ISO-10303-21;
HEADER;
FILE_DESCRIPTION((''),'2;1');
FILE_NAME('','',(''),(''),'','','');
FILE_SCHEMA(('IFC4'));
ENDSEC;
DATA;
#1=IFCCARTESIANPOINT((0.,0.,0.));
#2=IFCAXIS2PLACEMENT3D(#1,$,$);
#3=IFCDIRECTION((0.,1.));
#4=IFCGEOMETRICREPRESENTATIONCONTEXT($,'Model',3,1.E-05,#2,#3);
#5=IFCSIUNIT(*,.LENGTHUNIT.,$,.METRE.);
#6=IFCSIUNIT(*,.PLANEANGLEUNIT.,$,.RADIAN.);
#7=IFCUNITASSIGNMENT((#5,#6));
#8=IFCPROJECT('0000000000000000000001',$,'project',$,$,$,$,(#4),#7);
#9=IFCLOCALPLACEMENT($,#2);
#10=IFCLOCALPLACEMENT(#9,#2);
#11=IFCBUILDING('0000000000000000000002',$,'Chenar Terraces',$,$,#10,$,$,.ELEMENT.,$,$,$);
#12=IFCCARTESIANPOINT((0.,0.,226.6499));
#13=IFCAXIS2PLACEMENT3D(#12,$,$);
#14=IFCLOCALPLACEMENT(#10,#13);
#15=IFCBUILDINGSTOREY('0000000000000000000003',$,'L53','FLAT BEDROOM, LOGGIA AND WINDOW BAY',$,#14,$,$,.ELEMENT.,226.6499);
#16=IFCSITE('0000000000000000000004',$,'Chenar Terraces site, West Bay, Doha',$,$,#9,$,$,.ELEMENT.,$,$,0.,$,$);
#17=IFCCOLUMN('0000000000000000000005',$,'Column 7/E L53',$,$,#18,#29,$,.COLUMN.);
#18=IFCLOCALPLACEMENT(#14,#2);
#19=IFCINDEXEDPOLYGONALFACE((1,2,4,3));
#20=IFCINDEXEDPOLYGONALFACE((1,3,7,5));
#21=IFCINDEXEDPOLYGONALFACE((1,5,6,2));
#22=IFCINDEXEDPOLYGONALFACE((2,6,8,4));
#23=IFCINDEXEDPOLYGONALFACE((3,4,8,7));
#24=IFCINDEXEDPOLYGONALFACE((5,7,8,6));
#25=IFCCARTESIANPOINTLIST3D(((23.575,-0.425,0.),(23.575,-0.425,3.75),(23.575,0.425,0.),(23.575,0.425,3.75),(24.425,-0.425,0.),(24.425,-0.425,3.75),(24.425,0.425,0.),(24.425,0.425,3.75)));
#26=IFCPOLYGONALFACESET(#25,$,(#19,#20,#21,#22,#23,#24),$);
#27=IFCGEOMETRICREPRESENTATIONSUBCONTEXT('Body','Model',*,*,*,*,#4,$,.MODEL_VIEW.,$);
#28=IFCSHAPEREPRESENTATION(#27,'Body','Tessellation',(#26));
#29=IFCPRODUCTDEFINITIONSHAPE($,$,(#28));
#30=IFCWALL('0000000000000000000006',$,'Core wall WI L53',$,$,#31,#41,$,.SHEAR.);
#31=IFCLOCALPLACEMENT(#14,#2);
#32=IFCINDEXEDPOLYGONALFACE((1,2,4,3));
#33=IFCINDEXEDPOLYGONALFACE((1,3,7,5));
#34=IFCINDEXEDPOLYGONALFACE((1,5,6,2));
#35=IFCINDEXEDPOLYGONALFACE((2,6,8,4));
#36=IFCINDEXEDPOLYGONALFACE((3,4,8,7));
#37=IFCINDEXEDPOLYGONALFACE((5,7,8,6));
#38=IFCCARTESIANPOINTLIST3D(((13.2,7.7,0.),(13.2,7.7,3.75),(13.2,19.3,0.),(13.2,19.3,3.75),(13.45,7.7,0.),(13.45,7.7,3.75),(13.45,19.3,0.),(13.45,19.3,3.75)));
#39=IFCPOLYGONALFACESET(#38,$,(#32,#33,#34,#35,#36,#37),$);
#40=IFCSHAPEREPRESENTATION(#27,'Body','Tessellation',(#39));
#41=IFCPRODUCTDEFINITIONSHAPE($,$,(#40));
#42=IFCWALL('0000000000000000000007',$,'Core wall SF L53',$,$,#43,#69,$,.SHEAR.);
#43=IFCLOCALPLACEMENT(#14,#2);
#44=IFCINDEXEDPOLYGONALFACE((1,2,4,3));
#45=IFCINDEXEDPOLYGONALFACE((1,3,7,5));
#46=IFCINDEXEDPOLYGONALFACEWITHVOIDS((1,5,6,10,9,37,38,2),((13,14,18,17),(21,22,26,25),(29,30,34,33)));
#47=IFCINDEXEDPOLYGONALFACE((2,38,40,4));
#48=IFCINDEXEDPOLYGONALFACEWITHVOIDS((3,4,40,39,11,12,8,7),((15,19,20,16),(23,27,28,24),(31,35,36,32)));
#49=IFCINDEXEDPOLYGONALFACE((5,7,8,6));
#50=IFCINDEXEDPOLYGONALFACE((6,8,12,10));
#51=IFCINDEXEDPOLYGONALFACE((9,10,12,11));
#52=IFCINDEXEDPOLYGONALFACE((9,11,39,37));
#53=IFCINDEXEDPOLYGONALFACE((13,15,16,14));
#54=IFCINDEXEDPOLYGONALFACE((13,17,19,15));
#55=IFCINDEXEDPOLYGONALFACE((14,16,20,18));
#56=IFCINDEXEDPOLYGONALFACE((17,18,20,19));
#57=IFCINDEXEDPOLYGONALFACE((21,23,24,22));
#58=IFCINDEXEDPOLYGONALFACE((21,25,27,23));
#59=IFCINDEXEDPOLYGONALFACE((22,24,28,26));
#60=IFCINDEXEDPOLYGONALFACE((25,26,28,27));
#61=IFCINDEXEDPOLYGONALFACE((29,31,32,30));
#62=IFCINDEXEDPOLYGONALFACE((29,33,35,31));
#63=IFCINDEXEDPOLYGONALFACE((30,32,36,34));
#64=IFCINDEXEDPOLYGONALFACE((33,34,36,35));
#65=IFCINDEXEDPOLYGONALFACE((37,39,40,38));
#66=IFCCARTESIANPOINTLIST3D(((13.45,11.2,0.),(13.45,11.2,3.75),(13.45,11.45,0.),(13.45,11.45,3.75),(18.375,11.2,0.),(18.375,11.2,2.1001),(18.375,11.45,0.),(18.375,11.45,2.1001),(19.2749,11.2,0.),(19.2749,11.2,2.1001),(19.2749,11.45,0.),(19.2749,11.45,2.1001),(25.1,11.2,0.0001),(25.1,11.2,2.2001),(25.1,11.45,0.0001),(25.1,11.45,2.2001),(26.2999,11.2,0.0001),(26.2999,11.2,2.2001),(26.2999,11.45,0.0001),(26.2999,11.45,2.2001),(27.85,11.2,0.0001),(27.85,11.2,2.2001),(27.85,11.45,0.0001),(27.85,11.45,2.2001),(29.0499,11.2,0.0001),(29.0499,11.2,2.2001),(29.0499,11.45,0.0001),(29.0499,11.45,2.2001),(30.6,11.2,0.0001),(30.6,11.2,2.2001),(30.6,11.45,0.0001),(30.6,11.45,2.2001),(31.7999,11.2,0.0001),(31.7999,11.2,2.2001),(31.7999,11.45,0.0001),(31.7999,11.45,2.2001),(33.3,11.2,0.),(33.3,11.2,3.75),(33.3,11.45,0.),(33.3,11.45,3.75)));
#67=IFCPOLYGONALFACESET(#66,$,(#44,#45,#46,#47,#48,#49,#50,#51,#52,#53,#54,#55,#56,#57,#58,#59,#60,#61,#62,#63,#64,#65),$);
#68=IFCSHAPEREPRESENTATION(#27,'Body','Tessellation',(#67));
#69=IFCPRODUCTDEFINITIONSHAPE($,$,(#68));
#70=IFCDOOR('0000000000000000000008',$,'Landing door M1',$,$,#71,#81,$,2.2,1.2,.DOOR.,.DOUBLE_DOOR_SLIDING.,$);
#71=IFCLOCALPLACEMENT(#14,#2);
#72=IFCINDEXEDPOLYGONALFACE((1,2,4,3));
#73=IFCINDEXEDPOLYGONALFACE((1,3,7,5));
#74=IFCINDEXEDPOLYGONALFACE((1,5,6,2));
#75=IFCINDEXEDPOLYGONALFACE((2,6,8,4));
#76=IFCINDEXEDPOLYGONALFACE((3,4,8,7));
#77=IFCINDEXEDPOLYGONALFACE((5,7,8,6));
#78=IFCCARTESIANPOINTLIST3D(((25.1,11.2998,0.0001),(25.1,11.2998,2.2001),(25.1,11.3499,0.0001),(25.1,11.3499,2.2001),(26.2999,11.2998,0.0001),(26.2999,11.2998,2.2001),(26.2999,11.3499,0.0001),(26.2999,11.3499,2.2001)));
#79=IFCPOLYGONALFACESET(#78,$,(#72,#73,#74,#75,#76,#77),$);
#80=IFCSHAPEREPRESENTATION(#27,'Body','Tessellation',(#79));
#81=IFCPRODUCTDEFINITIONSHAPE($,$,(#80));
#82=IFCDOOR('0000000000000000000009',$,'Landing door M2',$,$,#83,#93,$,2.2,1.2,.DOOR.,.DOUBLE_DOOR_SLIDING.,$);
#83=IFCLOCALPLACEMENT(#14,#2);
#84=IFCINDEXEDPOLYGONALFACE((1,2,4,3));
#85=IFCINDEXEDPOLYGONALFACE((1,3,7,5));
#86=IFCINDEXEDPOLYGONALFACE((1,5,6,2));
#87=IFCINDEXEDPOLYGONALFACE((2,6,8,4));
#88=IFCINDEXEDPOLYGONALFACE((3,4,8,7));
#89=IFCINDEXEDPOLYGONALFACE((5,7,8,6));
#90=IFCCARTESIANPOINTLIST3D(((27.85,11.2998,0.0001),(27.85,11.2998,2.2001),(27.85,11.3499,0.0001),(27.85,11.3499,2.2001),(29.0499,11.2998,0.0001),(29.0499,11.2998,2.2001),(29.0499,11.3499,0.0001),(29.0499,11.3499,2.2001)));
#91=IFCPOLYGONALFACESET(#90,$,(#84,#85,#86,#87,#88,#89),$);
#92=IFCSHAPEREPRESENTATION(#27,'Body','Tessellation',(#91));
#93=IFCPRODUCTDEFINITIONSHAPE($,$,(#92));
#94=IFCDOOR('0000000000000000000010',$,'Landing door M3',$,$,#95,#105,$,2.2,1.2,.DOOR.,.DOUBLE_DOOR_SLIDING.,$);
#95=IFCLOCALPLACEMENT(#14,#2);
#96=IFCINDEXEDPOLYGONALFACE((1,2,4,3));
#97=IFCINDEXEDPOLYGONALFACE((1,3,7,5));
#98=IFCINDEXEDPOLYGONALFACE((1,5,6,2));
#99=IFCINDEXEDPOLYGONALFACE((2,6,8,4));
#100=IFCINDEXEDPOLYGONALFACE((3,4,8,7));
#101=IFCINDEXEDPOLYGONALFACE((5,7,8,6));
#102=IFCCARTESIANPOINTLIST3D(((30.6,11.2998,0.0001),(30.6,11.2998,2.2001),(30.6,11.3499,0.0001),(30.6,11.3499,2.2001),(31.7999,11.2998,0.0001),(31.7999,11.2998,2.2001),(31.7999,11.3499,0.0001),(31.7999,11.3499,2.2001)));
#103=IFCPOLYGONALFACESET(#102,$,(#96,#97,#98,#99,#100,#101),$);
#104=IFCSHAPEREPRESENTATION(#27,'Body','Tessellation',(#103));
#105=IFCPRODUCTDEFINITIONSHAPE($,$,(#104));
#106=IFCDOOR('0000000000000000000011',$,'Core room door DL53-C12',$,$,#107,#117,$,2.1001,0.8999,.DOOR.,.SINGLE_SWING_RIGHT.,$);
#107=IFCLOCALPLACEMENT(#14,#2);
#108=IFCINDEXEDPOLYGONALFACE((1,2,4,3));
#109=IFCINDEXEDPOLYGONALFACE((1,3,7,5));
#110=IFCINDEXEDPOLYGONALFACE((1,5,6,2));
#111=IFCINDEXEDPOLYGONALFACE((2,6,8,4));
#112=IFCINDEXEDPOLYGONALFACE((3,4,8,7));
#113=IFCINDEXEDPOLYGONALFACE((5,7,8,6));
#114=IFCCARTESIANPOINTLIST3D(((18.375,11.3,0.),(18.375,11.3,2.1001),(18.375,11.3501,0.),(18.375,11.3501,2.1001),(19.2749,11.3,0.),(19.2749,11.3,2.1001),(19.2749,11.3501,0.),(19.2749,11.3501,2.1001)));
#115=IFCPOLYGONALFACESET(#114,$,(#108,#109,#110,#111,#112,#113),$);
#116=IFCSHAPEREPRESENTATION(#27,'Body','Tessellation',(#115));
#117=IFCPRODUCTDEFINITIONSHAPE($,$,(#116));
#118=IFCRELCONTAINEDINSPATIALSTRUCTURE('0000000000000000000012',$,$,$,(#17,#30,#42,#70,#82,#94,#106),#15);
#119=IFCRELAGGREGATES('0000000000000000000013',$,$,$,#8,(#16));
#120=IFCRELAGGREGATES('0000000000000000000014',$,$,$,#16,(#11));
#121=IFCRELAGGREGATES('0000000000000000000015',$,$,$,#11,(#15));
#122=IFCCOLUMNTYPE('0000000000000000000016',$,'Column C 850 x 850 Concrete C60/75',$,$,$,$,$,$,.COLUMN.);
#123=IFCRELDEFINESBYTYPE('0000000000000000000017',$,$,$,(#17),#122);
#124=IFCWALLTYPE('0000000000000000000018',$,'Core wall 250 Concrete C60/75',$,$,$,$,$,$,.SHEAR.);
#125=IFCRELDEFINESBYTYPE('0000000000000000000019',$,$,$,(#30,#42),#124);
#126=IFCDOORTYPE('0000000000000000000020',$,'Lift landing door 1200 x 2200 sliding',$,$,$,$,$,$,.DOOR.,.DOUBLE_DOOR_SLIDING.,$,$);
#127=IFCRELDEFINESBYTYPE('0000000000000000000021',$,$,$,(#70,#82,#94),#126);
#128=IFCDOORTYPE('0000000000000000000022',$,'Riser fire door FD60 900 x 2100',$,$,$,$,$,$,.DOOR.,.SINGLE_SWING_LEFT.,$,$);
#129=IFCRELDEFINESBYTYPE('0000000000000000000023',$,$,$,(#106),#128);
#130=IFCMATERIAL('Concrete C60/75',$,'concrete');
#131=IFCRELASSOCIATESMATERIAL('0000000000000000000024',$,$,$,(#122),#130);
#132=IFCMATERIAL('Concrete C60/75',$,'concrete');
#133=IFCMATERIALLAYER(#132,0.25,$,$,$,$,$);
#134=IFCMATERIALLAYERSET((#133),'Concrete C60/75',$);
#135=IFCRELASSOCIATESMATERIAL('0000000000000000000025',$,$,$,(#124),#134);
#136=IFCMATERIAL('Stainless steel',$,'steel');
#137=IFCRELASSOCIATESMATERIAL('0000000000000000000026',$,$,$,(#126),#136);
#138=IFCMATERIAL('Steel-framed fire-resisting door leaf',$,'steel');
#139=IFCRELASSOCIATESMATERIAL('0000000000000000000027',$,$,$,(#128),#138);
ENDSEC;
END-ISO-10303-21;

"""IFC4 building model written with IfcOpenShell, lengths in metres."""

from ifc_helpers import new_model, si_unit, direction, frame, frame_2d, origin, origin_2d, place, context, subcontext, project, spatial, rectangle, extrude, material, layer, layer_set, material_profile, profile_set, type_object, element, fill, save


model = new_model("IFC4")

# Units and contexts
model_context = context("Model", 3, precision=1e-05, world=origin(), true_north=direction((0.0, 1.0)))
body_context = subcontext(model_context, "Body", "Model", "MODEL_VIEW")
ifc_project = project(units=[si_unit("LENGTHUNIT", "METRE"), si_unit("PLANEANGLEUNIT", "RADIAN")], contexts=[model_context])

# Site, building, storey
site_placement = place(None, origin())
site = spatial("IfcSite", under=ifc_project, at=site_placement, Name="Chenar Terraces site, West Bay, Doha", CompositionType="ELEMENT", RefElevation=0.0)
building_placement = place(site_placement, origin())
building = spatial("IfcBuilding", under=site, at=building_placement, Name="Chenar Terraces", CompositionType="ELEMENT")
storey_placement = place(building_placement, frame((0.0, 0.0, 226.6499)))
storey = spatial("IfcBuildingStorey", under=building, at=storey_placement, Name="L53", Description="FLAT BEDROOM, LOGGIA AND WINDOW BAY", CompositionType="ELEMENT", Elevation=226.6499)

# Column
ifc_material_1 = material(Name="Concrete C60/75", Category="concrete")
ifc_material_profile_1 = material_profile(ifc_material_1, rectangle(XDim=0.8501, YDim=0.8501, at=origin_2d()), Name="C 850 x 850")
ifc_profile_set_1 = profile_set([ifc_material_profile_1], Name="Concrete C60/75")
column_type = type_object("IfcColumnType", Name="Column C 850 x 850 Concrete C60/75", PredefinedType="COLUMN", material=ifc_profile_set_1)
column_placement = place(storey_placement, frame((24.0, 0.0, 0.0), z_axis=(0.0, 0.0, 1.0), x_axis=(1.0, 0.0, 0.0)))
element("IfcColumn", 1, at=column_placement, inside=storey, type_object=column_type, Name="Column 7/E L53", PredefinedType="COLUMN", context=body_context, shape_type="SweptSolid", body=[
    extrude(rectangle(XDim=0.8501, YDim=0.8501, at=origin_2d()), origin(), (0.0, 0.0, 1.0), 3.75),
])

# Wall
ifc_material_2 = material(Name="Concrete C60/75", Category="concrete")
ifc_layer_1 = layer(ifc_material_2, 0.25)
ifc_layer_set_1 = layer_set([ifc_layer_1], Name="Concrete C60/75")
wall_type_1 = type_object("IfcWallType", Name="Core wall 250 Concrete C60/75", PredefinedType="SHEAR", material=ifc_layer_set_1)
wall_1_placement = place(storey_placement, frame((13.325, 7.7, 0.0), z_axis=(0.0, 0.0, 1.0), x_axis=(0.0, 1.0, 0.0)))
element("IfcWall", 2, at=wall_1_placement, inside=storey, type_object=wall_type_1, Name="Core wall WI L53", PredefinedType="SHEAR", context=body_context, shape_type="SweptSolid", body=[
    extrude(rectangle(XDim=11.6001, YDim=0.25, at=frame_2d((5.8, 0.0))), origin(), (0.0, 0.0, 1.0), 3.75),
])

# Wall, openings, doors
wall_2_placement = place(storey_placement, frame((13.45, 11.325, 0.0), z_axis=(0.0, 0.0, 1.0), x_axis=(1.0, 0.0, 0.0)))
wall_2 = element("IfcWall", 3, at=wall_2_placement, inside=storey, type_object=wall_type_1, Name="Core wall SF L53", PredefinedType="SHEAR", context=body_context, shape_type="SweptSolid", body=[
    extrude(rectangle(XDim=19.8501, YDim=0.25, at=frame_2d((9.925, 0.0))), origin(), (0.0, 0.0, 1.0), 3.75),
])
opening_1_placement = place(wall_2_placement, frame((11.6499, 0.0, 0.0)))
opening_1 = element("IfcOpeningElement", 4, at=opening_1_placement, cuts=wall_2, PredefinedType="OPENING", context=body_context, shape_type="SweptSolid", body=[
    extrude(rectangle(XDim=1.2, YDim=2.2, at=frame_2d((0.6001, 1.1001))), frame((0.0, 0.135, 0.0), z_axis=(0.0, -1.0, 0.0), x_axis=(1.0, 0.0, 0.0)), (0.0, 0.0, 1.0), 0.27),
])
opening_2_placement = place(wall_2_placement, frame((14.3999, 0.0, 0.0)))
opening_2 = element("IfcOpeningElement", 5, at=opening_2_placement, cuts=wall_2, PredefinedType="OPENING", context=body_context, shape_type="SweptSolid", body=[
    extrude(rectangle(XDim=1.2, YDim=2.2, at=frame_2d((0.6001, 1.1001))), frame((0.0, 0.135, 0.0), z_axis=(0.0, -1.0, 0.0), x_axis=(1.0, 0.0, 0.0)), (0.0, 0.0, 1.0), 0.27),
])
opening_3_placement = place(wall_2_placement, frame((17.1499, 0.0, 0.0)))
opening_3 = element("IfcOpeningElement", 6, at=opening_3_placement, cuts=wall_2, PredefinedType="OPENING", context=body_context, shape_type="SweptSolid", body=[
    extrude(rectangle(XDim=1.2, YDim=2.2, at=frame_2d((0.6001, 1.1001))), frame((0.0, 0.135, 0.0), z_axis=(0.0, -1.0, 0.0), x_axis=(1.0, 0.0, 0.0)), (0.0, 0.0, 1.0), 0.27),
])
opening_4_placement = place(wall_2_placement, frame((4.925, 0.0, 0.0)))
opening_4 = element("IfcOpeningElement", 7, at=opening_4_placement, cuts=wall_2, PredefinedType="OPENING", context=body_context, shape_type="SweptSolid", body=[
    extrude(rectangle(XDim=0.8999, YDim=2.1001, at=frame_2d((0.45, 1.05))), frame((0.0, 0.135, 0.0), z_axis=(0.0, -1.0, 0.0), x_axis=(1.0, 0.0, 0.0)), (0.0, 0.0, 1.0), 0.27),
])
ifc_material_3 = material(Name="Stainless steel", Category="steel")
door_type_1 = type_object("IfcDoorType", Name="Lift landing door 1200 x 2200 sliding", OperationType="DOUBLE_DOOR_SLIDING", PredefinedType="DOOR", material=ifc_material_3)
door_1_placement = place(opening_1_placement, origin())
door_1 = element("IfcDoor", 8, at=door_1_placement, inside=storey, type_object=door_type_1, Name="Landing door M1", OperationType="DOUBLE_DOOR_SLIDING", OverallHeight=2.2, OverallWidth=1.2, PredefinedType="DOOR", context=body_context, shape_type="SweptSolid", body=[
    extrude(rectangle(XDim=1.2, YDim=2.2, at=frame_2d((0.6001, 1.1001))), frame((0.0, 0.0249, 0.0), z_axis=(0.0, -1.0, 0.0), x_axis=(1.0, 0.0, 0.0)), (0.0, 0.0, 1.0), 0.05),
])
fill(opening_1, door_1)
door_2_placement = place(opening_2_placement, origin())
door_2 = element("IfcDoor", 9, at=door_2_placement, inside=storey, type_object=door_type_1, Name="Landing door M2", OperationType="DOUBLE_DOOR_SLIDING", OverallHeight=2.2, OverallWidth=1.2, PredefinedType="DOOR", context=body_context, shape_type="SweptSolid", body=[
    extrude(rectangle(XDim=1.2, YDim=2.2, at=frame_2d((0.6001, 1.1001))), frame((0.0, 0.0249, 0.0), z_axis=(0.0, -1.0, 0.0), x_axis=(1.0, 0.0, 0.0)), (0.0, 0.0, 1.0), 0.05),
])
fill(opening_2, door_2)
door_3_placement = place(opening_3_placement, origin())
door_3 = element("IfcDoor", 10, at=door_3_placement, inside=storey, type_object=door_type_1, Name="Landing door M3", OperationType="DOUBLE_DOOR_SLIDING", OverallHeight=2.2, OverallWidth=1.2, PredefinedType="DOOR", context=body_context, shape_type="SweptSolid", body=[
    extrude(rectangle(XDim=1.2, YDim=2.2, at=frame_2d((0.6001, 1.1001))), frame((0.0, 0.0249, 0.0), z_axis=(0.0, -1.0, 0.0), x_axis=(1.0, 0.0, 0.0)), (0.0, 0.0, 1.0), 0.05),
])
fill(opening_3, door_3)
ifc_material_4 = material(Name="Steel-framed fire-resisting door leaf", Category="steel")
door_type_2 = type_object("IfcDoorType", Name="Riser fire door FD60 900 x 2100", OperationType="SINGLE_SWING_LEFT", PredefinedType="DOOR", material=ifc_material_4)
door_4_placement = place(opening_4_placement, frame((0.8999, 0.0, 0.0), z_axis=(0.0, 0.0, 1.0), x_axis=(-1.0, 0.0, 0.0)))
door_4 = element("IfcDoor", 11, at=door_4_placement, inside=storey, type_object=door_type_2, Name="Core room door DL53-C12", OperationType="SINGLE_SWING_RIGHT", OverallHeight=2.1001, OverallWidth=0.8999, PredefinedType="DOOR", context=body_context, shape_type="SweptSolid", body=[
    extrude(rectangle(XDim=0.8999, YDim=2.1001, at=frame_2d((0.45, 1.05))), frame((0.0, 0.0249, 0.0), z_axis=(0.0, -1.0, 0.0), x_axis=(1.0, 0.0, 0.0)), (0.0, 0.0, 1.0), 0.05),
])
fill(opening_4, door_4)

save(model, "model.ifc")
